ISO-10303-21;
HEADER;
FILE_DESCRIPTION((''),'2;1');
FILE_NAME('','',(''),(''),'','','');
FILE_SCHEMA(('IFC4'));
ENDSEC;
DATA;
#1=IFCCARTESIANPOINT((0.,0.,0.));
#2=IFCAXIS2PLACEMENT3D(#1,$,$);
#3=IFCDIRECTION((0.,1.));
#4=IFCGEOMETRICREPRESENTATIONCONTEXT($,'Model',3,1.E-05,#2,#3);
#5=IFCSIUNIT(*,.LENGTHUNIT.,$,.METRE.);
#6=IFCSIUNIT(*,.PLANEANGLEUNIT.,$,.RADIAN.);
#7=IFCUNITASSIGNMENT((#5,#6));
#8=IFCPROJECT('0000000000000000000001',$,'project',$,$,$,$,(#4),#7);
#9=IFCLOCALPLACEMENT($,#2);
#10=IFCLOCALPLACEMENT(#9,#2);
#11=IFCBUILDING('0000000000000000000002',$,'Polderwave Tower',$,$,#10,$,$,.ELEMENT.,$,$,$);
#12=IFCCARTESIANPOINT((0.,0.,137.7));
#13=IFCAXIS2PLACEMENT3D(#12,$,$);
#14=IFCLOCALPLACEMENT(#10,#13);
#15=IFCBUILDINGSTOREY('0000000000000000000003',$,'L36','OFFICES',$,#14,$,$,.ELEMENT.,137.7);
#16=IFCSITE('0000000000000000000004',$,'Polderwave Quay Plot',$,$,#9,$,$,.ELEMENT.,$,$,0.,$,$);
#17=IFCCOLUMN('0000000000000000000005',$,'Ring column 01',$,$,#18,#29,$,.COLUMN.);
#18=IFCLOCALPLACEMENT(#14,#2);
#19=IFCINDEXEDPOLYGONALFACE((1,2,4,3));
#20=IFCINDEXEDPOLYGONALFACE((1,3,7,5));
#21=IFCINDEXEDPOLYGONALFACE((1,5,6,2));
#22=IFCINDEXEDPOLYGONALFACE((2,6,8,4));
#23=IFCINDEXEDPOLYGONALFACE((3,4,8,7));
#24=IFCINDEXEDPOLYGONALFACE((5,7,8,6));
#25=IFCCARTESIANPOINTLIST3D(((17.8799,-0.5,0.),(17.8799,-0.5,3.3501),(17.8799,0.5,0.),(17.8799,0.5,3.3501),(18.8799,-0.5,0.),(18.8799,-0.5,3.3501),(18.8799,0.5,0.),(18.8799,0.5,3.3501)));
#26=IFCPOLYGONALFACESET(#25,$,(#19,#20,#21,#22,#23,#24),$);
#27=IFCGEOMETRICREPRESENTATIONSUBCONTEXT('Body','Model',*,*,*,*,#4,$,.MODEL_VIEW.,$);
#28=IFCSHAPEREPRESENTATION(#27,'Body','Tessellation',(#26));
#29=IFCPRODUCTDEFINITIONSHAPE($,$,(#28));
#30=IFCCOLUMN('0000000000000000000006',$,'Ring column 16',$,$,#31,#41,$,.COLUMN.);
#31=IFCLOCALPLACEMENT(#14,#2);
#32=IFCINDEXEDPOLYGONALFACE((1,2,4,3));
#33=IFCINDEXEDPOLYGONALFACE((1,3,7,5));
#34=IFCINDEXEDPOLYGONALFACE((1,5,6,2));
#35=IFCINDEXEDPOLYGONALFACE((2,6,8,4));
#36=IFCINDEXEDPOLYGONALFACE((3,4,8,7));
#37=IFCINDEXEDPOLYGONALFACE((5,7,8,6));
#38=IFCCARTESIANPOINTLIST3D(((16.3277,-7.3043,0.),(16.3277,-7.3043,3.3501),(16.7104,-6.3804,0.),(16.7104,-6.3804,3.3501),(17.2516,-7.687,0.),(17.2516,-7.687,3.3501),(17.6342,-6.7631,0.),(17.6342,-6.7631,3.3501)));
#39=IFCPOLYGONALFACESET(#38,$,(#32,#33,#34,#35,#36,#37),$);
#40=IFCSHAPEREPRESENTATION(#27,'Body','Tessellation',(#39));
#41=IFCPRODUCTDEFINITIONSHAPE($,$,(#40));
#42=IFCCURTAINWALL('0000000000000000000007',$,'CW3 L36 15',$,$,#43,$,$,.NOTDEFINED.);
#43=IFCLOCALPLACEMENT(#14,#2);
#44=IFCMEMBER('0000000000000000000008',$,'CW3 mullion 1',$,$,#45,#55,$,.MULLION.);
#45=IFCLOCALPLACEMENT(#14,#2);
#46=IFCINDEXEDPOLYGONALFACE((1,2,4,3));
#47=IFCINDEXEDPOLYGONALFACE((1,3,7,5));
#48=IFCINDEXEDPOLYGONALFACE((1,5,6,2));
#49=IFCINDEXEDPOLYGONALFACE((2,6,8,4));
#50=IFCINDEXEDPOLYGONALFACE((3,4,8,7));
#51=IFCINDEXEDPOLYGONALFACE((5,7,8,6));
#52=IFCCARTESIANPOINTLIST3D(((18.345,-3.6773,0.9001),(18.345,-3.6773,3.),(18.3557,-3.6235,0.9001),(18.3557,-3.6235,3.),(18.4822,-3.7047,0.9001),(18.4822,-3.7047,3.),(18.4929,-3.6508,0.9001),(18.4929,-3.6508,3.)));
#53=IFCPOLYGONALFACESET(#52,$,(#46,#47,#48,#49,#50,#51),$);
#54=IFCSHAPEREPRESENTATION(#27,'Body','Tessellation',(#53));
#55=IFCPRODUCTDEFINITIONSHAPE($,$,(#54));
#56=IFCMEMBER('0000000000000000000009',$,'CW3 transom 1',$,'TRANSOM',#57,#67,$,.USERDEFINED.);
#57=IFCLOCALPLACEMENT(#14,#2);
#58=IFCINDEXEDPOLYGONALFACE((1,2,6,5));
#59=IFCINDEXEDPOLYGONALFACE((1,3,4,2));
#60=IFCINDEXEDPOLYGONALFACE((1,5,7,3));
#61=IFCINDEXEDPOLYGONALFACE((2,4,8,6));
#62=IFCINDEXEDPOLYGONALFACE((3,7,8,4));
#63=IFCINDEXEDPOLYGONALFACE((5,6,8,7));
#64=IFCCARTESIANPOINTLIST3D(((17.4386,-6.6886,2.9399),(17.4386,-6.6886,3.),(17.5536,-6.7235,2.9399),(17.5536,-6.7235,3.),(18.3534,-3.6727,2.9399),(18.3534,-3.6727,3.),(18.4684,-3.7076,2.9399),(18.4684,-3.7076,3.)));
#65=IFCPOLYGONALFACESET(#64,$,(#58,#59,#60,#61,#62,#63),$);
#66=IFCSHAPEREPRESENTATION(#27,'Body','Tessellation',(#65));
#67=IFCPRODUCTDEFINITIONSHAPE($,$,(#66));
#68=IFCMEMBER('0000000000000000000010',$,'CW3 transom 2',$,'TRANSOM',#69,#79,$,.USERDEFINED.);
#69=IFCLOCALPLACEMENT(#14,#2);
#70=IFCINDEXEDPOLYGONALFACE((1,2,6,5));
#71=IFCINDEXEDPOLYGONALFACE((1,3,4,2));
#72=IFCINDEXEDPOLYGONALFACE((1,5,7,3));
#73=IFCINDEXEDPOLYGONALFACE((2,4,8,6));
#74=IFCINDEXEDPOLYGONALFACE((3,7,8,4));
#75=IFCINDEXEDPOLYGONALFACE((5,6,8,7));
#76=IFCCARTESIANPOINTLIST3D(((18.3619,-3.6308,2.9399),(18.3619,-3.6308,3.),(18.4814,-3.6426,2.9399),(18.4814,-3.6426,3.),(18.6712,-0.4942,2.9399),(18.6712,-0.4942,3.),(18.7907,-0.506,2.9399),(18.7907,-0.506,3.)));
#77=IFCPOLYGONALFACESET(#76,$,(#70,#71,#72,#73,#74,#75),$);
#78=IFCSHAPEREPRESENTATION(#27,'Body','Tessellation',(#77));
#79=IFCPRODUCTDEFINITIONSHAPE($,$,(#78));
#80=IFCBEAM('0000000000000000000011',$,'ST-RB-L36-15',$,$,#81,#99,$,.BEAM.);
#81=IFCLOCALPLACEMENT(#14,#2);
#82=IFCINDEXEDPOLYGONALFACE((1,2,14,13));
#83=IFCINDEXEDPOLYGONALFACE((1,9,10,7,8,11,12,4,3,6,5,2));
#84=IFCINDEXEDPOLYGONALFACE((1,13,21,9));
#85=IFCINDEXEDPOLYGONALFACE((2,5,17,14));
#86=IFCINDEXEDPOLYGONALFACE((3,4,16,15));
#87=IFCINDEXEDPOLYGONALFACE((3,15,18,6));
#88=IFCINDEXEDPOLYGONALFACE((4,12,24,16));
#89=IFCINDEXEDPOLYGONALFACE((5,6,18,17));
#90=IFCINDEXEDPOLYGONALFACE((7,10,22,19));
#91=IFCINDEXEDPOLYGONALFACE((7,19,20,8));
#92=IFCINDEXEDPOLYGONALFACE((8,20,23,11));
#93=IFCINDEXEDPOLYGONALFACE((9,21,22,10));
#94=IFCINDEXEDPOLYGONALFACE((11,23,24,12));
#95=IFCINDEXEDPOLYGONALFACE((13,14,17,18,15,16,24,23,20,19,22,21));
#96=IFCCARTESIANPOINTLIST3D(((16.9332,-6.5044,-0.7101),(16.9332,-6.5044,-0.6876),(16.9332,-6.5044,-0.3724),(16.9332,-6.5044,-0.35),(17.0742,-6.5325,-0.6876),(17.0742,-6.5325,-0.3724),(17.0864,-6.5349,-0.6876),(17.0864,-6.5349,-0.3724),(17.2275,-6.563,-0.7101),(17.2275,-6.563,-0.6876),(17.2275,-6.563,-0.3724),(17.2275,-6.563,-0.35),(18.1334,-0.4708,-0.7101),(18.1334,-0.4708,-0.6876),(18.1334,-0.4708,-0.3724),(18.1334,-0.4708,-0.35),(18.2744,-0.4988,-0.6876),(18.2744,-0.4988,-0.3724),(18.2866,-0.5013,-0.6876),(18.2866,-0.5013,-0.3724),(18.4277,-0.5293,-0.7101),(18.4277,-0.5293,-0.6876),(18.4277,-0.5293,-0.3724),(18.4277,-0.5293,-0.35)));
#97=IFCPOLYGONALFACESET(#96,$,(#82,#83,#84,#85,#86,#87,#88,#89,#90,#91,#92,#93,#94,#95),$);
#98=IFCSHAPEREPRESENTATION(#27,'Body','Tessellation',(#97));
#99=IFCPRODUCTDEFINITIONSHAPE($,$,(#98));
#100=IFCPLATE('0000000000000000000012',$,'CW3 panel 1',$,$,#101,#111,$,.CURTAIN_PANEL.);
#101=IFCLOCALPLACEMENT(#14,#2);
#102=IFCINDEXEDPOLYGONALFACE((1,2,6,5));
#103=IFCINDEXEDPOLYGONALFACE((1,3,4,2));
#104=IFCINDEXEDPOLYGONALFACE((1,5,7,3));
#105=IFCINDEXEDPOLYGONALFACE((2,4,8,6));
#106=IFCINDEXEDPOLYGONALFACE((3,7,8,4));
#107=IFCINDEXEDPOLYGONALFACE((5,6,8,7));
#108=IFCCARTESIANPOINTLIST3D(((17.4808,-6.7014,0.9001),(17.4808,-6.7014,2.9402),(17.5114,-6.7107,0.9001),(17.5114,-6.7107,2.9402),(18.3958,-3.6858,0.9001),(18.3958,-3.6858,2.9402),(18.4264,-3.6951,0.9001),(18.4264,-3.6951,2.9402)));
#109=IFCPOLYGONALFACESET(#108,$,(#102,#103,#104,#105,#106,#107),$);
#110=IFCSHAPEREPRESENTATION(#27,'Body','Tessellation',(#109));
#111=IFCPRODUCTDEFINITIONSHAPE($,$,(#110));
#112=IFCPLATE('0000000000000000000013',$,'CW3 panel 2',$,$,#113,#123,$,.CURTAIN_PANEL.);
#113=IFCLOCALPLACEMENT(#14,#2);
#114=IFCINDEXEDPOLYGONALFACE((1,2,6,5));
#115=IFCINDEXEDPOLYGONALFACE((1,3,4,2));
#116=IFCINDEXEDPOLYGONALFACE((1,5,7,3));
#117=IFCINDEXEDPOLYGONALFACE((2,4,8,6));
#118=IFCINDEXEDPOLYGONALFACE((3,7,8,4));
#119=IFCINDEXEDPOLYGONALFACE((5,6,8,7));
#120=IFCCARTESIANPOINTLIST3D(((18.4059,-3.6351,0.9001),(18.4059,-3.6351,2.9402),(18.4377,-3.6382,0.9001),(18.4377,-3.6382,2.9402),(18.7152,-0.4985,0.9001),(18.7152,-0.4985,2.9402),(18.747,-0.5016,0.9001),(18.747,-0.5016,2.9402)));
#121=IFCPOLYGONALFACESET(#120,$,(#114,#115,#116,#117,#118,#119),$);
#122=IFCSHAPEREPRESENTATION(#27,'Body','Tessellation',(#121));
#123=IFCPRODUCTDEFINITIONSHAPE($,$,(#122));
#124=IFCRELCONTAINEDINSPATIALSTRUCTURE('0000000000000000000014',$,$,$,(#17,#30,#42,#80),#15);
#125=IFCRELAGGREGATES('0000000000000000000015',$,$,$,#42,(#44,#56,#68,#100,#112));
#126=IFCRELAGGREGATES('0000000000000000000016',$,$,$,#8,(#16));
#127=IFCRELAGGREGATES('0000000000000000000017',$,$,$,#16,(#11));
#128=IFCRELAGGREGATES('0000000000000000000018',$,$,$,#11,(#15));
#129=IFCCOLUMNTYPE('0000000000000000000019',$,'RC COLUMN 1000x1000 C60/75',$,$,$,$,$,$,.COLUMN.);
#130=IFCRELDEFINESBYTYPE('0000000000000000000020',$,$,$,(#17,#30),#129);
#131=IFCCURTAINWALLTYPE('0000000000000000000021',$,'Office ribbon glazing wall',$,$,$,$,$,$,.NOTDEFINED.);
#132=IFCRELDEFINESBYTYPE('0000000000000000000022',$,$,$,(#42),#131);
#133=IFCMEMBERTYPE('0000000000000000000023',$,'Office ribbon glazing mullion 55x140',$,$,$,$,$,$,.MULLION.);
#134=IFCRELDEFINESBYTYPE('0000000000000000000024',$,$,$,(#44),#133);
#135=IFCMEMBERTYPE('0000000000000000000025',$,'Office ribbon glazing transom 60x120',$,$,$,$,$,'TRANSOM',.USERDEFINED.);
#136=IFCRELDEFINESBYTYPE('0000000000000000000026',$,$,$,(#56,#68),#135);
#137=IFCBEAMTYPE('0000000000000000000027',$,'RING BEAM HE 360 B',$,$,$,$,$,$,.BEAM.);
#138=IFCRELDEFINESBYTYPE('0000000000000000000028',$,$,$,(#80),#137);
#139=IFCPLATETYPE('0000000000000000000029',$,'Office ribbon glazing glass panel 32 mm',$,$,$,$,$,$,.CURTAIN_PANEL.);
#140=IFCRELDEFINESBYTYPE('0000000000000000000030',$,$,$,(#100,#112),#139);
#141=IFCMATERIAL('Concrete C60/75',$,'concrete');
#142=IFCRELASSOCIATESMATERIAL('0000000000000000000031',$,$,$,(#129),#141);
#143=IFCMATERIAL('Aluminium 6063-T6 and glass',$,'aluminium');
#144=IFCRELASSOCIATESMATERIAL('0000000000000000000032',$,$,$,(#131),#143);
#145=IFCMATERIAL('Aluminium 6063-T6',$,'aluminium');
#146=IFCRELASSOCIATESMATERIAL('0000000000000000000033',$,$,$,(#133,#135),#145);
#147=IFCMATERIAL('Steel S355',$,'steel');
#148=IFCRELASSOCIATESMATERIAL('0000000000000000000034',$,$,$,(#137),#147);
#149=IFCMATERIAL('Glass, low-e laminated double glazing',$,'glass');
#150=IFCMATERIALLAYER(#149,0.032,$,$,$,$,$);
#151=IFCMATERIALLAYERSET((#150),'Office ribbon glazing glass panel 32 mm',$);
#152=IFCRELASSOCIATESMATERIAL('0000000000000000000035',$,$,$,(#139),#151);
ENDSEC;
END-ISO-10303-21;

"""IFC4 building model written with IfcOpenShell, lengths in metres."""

from ifc_helpers import new_model, si_unit, direction, frame, origin, origin_2d, place, context, subcontext, project, spatial, rectangle, i_section, extrude, material, layer, layer_set, material_profile, profile_set, type_object, element, aggregate, save


model = new_model("IFC4")

# Units and contexts
model_context = context("Model", 3, precision=1e-05, world=origin(), true_north=direction((0.0, 1.0)))
body_context = subcontext(model_context, "Body", "Model", "MODEL_VIEW")
ifc_project = project(units=[si_unit("LENGTHUNIT", "METRE"), si_unit("PLANEANGLEUNIT", "RADIAN")], contexts=[model_context])

# Site, building, storey
site_placement = place(None, origin())
site = spatial("IfcSite", under=ifc_project, at=site_placement, Name="Polderwave Quay Plot", CompositionType="ELEMENT", RefElevation=0.0)
building_placement = place(site_placement, origin())
building = spatial("IfcBuilding", under=site, at=building_placement, Name="Polderwave Tower", CompositionType="ELEMENT")
storey_placement = place(building_placement, frame((0.0, 0.0, 137.7)))
storey = spatial("IfcBuildingStorey", under=building, at=storey_placement, Name="L36", Description="OFFICES", CompositionType="ELEMENT", Elevation=137.7)

# Columns
ifc_material_1 = material(Name="Concrete C60/75", Category="concrete")
ifc_material_profile_1 = material_profile(ifc_material_1, rectangle(XDim=1.0, YDim=1.0, at=origin_2d()), Name="RC 1000x1000")
ifc_profile_set_1 = profile_set([ifc_material_profile_1], Name="Concrete C60/75")
column_type = type_object("IfcColumnType", Name="RC COLUMN 1000x1000 C60/75", PredefinedType="COLUMN", material=ifc_profile_set_1)
for number, where, z_axis, x_axis, name in (
    (1, (18.3799, 0.0, 0.0), (0.0, 0.0, 1.0), (1.0, 0.0, 0.0), "Ring column 01"),
    (2, (16.981, -7.0337, 0.0), (0.0, 0.0, 1.0), (0.92388, -0.382683, 0.0), "Ring column 16"),
):
    element("IfcColumn", number, at=place(storey_placement, frame(where, z_axis=z_axis, x_axis=x_axis)), inside=storey, type_object=column_type, Name=name, PredefinedType="COLUMN", context=body_context, shape_type="SweptSolid", body=[
        extrude(rectangle(XDim=1.0, YDim=1.0, at=origin_2d()), origin(), (0.0, 0.0, 1.0), 3.3501),
    ])

# Curtain wall, members
ifc_material_2 = material(Name="Aluminium 6063-T6 and glass", Category="aluminium")
curtain_wall_type = type_object("IfcCurtainWallType", Name="Office ribbon glazing wall", PredefinedType="NOTDEFINED", material=ifc_material_2)
curtain_wall_placement = place(storey_placement, origin())
curtain_wall = element("IfcCurtainWall", 3, at=curtain_wall_placement, inside=storey, type_object=curtain_wall_type, Name="CW3 L36 15", PredefinedType="NOTDEFINED")
ifc_material_3 = material(Name="Aluminium 6063-T6", Category="aluminium")
ifc_material_profile_2 = material_profile(ifc_material_3, rectangle(XDim=0.1399, YDim=0.0549, at=origin_2d()), Name="AL 55x140")
ifc_profile_set_2 = profile_set([ifc_material_profile_2], Name="Aluminium 6063-T6")
member_type_1 = type_object("IfcMemberType", Name="Office ribbon glazing mullion 55x140", PredefinedType="MULLION", material=ifc_profile_set_2)
member_1_placement = place(storey_placement, frame((18.4189, -3.6641, 0.9001), z_axis=(0.0, 0.0, 1.0), x_axis=(-0.980768, 0.195179, 0.0)))
member_1 = element("IfcMember", 4, at=member_1_placement, type_object=member_type_1, Name="CW3 mullion 1", PredefinedType="MULLION", context=body_context, shape_type="SweptSolid", body=[
    extrude(rectangle(XDim=0.1399, YDim=0.0549, at=origin_2d()), origin(), (0.0, 0.0, 1.0), 2.0999),
])
ifc_material_profile_3 = material_profile(ifc_material_3, rectangle(XDim=0.1201, YDim=0.0601, at=origin_2d()), Name="AL 60x120")
ifc_profile_set_3 = profile_set([ifc_material_profile_3], Name="Aluminium 6063-T6")
member_type_2 = type_object("IfcMemberType", Name="Office ribbon glazing transom 60x120", ElementType="TRANSOM", PredefinedType="USERDEFINED", material=ifc_profile_set_3)
member_2_placement = place(storey_placement, frame((17.4961, -6.7061, 2.97), z_axis=(0.290268, 0.956946, 0.0), x_axis=(-0.956946, 0.290268, 0.0)))
member_2 = element("IfcMember", 5, at=member_2_placement, type_object=member_type_2, Name="CW3 transom 1", ObjectType="TRANSOM", PredefinedType="USERDEFINED", context=body_context, shape_type="SweptSolid", body=[
    extrude(rectangle(XDim=0.1201, YDim=0.0601, at=origin_2d()), origin(), (0.0, 0.0, 1.0), 3.1516),
])
member_3_placement = place(storey_placement, frame((18.4216, -3.6367, 2.97), z_axis=(0.098139, 0.995173, 0.0), x_axis=(-0.995173, 0.098139, 0.0)))
member_3 = element("IfcMember", 6, at=member_3_placement, type_object=member_type_2, Name="CW3 transom 2", ObjectType="TRANSOM", PredefinedType="USERDEFINED", context=body_context, shape_type="SweptSolid", body=[
    extrude(rectangle(XDim=0.1201, YDim=0.0601, at=origin_2d()), origin(), (0.0, 0.0, 1.0), 3.1519),
])

# Beam
ifc_material_4 = material(Name="Steel S355", Category="steel")
ifc_material_profile_4 = material_profile(ifc_material_4, i_section(OverallWidth=0.3, OverallDepth=0.3601, WebThickness=0.0125, FlangeThickness=0.0225, at=origin_2d()), Name="HE 360 B")
ifc_profile_set_4 = profile_set([ifc_material_profile_4], Name="Steel S355")
beam_type = type_object("IfcBeamType", Name="RING BEAM HE 360 B", PredefinedType="BEAM", material=ifc_profile_set_4)
beam_placement = place(storey_placement, frame((17.0803, -6.5337, -0.53), z_axis=(0.195093, 0.980785, 0.0), x_axis=(-0.980785, 0.195093, 0.0)))
element("IfcBeam", 7, at=beam_placement, inside=storey, type_object=beam_type, Name="ST-RB-L36-15", PredefinedType="BEAM", context=body_context, shape_type="SweptSolid", body=[
    extrude(i_section(OverallWidth=0.3, OverallDepth=0.3601, WebThickness=0.0125, FlangeThickness=0.0225, at=origin_2d()), origin(), (0.0, 0.0, 1.0), 6.1519),
])

# Plates
ifc_material_5 = material(Name="Glass, low-e laminated double glazing", Category="glass")
ifc_layer_1 = layer(ifc_material_5, 0.032)
ifc_layer_set_1 = layer_set([ifc_layer_1], Name="Office ribbon glazing glass panel 32 mm")
plate_type = type_object("IfcPlateType", Name="Office ribbon glazing glass panel 32 mm", PredefinedType="CURTAIN_PANEL", material=ifc_layer_set_1)
plate_1_placement = place(storey_placement, frame((17.9536, -5.1982, 0.9001), z_axis=(0.0, 0.0, 1.0), x_axis=(0.290348, 0.956921, 0.0)))
plate_1 = element("IfcPlate", 8, at=plate_1_placement, type_object=plate_type, Name="CW3 panel 1", PredefinedType="CURTAIN_PANEL", context=body_context, shape_type="SweptSolid", body=[
    extrude(rectangle(XDim=3.1514, YDim=0.032, at=origin_2d()), origin(), (0.0, 0.0, 1.0), 2.04),
])
plate_2_placement = place(storey_placement, frame((18.5764, -2.0684, 0.9001), z_axis=(0.0, 0.0, 1.0), x_axis=(0.098134, 0.995173, 0.0)))
plate_2 = element("IfcPlate", 9, at=plate_2_placement, type_object=plate_type, Name="CW3 panel 2", PredefinedType="CURTAIN_PANEL", context=body_context, shape_type="SweptSolid", body=[
    extrude(rectangle(XDim=3.1519, YDim=0.032, at=origin_2d()), origin(), (0.0, 0.0, 1.0), 2.04),
])
aggregate(curtain_wall, [member_1, member_2, member_3, plate_1, plate_2])

save(model, "model.ifc")
